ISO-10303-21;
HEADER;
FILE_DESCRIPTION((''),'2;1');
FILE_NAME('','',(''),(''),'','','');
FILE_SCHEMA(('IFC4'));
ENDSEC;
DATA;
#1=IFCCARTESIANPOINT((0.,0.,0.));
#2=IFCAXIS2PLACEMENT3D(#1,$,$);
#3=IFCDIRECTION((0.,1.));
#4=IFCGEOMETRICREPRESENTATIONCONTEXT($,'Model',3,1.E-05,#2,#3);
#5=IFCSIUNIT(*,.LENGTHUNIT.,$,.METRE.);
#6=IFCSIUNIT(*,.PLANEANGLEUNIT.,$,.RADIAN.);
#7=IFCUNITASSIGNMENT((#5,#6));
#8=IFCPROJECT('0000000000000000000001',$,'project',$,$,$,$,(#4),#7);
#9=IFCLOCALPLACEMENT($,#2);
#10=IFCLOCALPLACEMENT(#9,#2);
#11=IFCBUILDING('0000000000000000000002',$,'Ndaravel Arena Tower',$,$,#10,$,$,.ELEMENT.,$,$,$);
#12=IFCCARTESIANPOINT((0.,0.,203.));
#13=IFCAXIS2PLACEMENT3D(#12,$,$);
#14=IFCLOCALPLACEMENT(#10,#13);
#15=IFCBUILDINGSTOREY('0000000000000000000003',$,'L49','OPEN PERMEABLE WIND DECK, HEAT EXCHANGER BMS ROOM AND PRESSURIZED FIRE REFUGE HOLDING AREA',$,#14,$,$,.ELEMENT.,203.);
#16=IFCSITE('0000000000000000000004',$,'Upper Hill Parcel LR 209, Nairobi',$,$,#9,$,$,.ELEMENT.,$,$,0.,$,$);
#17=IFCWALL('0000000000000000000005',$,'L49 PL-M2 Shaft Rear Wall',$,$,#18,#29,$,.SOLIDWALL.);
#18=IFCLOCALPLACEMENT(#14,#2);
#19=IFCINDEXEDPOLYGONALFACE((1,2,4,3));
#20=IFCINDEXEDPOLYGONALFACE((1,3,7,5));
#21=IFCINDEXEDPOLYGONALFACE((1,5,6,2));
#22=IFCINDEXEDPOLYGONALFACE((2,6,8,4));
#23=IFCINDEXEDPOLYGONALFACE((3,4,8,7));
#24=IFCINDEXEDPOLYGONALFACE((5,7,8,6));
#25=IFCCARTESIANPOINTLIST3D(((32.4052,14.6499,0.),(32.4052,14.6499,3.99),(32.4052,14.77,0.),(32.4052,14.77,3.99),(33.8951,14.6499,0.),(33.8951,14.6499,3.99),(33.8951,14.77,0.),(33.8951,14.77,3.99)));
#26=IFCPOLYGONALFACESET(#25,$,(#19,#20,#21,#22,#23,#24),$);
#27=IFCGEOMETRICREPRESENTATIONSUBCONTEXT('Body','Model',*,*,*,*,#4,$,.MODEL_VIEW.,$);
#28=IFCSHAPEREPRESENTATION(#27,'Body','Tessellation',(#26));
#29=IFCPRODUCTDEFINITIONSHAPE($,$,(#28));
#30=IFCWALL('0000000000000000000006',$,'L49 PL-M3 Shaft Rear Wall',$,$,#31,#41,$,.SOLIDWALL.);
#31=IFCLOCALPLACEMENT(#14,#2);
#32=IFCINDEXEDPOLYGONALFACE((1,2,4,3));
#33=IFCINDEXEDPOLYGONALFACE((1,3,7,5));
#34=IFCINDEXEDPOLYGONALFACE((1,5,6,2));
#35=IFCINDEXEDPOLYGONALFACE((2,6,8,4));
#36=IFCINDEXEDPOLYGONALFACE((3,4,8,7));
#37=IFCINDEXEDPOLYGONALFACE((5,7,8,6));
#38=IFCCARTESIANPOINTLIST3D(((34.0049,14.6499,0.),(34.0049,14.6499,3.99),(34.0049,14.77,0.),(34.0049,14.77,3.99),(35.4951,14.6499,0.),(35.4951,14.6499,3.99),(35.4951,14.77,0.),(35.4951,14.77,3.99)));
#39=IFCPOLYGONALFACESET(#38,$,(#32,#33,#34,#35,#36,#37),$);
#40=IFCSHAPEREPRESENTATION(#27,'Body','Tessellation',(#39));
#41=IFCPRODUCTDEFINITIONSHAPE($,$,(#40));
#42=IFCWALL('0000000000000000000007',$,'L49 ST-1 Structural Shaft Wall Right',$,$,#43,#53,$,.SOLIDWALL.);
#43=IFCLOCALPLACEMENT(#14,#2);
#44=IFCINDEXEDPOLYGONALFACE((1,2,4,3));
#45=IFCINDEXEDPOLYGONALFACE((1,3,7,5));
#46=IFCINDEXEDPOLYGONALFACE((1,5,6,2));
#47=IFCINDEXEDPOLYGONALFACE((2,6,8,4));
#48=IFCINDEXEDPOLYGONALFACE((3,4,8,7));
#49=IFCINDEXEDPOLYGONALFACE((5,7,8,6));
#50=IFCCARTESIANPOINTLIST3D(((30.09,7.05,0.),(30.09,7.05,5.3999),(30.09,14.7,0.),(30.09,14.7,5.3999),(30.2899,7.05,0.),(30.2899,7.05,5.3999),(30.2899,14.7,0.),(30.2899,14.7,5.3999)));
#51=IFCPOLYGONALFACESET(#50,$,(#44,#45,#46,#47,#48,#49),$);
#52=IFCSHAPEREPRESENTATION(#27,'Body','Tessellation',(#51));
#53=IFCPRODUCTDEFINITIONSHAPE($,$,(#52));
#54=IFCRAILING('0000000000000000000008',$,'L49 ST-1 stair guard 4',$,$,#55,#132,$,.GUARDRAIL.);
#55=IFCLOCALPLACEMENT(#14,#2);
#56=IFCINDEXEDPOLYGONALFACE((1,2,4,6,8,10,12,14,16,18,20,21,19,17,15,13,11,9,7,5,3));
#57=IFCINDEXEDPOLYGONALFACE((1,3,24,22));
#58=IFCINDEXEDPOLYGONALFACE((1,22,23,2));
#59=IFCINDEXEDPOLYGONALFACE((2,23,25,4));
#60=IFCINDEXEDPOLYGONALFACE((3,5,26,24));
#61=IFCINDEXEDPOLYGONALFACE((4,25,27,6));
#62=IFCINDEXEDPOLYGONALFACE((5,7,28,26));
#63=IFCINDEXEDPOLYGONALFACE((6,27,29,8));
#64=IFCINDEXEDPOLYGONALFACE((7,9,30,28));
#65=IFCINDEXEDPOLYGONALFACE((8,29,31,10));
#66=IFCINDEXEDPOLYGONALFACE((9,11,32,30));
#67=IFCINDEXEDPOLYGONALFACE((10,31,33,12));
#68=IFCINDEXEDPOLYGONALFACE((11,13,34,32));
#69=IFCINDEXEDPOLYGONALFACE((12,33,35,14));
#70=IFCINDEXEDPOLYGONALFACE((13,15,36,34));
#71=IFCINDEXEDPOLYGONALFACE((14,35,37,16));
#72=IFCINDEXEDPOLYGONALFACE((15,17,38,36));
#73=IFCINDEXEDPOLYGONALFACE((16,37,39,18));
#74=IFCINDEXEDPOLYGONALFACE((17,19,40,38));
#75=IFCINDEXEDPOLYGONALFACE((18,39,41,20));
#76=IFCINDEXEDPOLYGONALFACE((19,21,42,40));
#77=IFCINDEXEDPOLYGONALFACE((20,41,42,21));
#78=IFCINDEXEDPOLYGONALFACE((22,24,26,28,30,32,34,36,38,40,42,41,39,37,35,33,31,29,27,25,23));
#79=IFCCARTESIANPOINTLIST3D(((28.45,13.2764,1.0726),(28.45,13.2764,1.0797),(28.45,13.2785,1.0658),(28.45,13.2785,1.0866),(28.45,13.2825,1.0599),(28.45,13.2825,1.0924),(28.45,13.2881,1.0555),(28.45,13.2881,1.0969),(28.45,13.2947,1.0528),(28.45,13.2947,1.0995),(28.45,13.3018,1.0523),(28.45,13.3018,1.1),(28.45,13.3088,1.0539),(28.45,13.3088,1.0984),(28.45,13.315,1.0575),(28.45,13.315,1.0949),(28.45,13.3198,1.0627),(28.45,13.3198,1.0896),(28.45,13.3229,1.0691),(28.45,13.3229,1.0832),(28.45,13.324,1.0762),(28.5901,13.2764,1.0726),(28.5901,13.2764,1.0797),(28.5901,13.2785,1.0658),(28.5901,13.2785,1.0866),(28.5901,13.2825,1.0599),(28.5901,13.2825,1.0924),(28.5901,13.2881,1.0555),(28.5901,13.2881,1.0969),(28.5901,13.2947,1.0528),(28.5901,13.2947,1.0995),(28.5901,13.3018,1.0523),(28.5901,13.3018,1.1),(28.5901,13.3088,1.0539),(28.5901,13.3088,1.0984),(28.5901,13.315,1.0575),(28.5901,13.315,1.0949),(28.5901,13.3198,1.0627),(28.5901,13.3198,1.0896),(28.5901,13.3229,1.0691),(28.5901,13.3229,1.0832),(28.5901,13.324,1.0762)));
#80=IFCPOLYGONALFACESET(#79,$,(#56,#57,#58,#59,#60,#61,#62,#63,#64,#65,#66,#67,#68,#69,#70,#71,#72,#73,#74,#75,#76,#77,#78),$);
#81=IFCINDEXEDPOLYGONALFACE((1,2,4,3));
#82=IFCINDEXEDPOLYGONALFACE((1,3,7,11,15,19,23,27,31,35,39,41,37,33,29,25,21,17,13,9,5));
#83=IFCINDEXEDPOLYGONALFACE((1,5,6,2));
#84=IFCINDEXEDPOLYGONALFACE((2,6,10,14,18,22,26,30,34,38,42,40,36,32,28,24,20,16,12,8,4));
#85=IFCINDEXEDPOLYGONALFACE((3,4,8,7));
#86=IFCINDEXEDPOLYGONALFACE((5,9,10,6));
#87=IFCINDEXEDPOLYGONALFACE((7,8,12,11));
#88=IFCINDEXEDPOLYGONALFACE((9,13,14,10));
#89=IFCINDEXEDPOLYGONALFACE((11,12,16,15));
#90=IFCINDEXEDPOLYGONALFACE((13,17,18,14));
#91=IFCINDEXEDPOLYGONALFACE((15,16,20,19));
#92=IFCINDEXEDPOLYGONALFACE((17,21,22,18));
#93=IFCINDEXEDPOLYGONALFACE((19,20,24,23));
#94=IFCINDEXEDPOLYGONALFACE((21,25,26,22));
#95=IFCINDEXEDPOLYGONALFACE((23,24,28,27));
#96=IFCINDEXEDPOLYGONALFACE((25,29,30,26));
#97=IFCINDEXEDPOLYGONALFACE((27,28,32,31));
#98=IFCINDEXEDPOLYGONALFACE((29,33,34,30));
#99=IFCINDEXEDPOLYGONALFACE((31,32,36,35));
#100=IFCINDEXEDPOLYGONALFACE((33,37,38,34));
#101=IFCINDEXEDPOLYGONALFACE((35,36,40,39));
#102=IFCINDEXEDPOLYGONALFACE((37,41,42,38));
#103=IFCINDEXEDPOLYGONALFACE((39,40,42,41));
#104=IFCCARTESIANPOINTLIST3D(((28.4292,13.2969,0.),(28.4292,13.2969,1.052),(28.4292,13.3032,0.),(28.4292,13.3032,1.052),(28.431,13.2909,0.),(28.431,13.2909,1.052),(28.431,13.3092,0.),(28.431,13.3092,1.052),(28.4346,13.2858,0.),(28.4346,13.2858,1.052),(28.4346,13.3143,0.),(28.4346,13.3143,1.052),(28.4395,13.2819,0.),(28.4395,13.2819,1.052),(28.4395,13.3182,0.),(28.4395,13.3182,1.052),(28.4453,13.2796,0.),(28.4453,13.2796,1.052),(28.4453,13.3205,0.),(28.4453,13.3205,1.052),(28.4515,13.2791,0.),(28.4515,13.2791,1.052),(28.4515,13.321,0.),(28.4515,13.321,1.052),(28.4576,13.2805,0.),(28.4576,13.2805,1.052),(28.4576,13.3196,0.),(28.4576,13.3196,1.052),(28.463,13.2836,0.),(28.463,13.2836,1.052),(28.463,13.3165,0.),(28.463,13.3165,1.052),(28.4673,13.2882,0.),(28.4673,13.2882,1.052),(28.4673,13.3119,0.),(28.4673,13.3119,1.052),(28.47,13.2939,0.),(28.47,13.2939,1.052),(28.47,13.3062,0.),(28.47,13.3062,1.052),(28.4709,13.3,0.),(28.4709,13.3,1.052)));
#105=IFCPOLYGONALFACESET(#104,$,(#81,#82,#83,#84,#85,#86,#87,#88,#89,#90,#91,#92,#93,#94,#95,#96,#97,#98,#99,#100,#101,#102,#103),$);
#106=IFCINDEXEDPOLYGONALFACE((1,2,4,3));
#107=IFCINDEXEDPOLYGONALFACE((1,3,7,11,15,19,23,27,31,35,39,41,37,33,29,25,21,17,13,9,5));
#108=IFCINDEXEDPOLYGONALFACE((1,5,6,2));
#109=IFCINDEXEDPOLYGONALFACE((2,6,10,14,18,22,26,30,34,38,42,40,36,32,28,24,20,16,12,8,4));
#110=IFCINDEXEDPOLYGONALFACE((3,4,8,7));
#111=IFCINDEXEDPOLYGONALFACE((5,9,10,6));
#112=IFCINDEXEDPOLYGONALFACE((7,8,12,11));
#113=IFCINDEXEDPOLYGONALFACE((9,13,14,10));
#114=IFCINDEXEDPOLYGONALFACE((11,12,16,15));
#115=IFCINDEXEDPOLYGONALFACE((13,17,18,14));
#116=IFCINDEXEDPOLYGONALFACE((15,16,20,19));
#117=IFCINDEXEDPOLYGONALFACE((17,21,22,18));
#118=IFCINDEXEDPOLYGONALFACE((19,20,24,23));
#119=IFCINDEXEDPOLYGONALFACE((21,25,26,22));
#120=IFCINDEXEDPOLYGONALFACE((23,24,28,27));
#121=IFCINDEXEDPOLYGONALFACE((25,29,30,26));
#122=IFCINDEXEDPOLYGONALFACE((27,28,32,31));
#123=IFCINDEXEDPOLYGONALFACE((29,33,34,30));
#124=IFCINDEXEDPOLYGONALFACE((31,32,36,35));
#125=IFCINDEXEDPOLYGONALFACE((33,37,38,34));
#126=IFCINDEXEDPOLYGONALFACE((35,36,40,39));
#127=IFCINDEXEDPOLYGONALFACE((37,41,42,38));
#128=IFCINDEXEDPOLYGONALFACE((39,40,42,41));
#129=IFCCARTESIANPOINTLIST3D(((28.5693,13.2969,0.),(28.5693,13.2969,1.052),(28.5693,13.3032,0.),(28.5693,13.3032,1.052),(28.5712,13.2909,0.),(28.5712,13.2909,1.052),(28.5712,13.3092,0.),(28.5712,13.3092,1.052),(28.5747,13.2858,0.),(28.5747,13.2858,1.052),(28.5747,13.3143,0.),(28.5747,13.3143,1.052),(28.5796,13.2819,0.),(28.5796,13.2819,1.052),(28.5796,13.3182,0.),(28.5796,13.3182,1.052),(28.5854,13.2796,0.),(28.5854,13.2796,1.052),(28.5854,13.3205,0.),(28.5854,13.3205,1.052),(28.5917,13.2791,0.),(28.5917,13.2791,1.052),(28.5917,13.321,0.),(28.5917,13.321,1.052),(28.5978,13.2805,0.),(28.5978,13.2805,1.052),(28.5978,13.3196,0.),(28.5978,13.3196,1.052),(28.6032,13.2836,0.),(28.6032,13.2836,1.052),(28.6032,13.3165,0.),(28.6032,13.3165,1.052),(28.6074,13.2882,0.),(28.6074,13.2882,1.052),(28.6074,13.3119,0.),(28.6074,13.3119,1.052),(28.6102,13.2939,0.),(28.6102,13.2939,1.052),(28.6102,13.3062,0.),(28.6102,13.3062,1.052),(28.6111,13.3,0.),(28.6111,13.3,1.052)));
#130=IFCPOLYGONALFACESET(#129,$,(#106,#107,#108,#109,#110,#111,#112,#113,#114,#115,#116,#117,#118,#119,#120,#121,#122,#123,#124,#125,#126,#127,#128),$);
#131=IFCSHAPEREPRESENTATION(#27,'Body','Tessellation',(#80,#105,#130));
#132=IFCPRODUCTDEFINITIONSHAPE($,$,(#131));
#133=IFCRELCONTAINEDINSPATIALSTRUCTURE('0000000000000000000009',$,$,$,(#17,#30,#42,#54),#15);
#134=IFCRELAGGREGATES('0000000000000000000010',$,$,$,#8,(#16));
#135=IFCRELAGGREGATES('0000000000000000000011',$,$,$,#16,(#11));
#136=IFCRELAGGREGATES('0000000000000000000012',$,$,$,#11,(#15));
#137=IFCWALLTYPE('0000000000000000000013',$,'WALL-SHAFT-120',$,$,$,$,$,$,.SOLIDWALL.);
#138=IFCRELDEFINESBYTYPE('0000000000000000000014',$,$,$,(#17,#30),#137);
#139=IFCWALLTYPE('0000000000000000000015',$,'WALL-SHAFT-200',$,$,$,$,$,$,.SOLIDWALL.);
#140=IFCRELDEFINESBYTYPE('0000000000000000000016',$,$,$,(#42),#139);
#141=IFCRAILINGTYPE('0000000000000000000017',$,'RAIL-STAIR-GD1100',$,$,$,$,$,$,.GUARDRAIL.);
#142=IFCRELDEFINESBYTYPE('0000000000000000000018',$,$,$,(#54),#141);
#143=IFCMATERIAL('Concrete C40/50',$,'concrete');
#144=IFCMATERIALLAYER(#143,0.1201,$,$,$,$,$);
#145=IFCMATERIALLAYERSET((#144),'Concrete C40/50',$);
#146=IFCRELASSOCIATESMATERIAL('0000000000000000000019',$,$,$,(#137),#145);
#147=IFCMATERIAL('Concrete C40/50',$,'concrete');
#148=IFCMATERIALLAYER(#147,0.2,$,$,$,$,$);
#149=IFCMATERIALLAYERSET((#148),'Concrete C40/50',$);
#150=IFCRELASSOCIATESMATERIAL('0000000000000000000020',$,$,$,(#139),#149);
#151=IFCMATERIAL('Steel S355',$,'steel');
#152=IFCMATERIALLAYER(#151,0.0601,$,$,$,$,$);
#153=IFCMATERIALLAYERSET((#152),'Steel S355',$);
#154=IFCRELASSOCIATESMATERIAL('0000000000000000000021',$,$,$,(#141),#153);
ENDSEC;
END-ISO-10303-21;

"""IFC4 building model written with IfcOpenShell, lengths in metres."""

from ifc_helpers import new_model, si_unit, direction, frame, frame_2d, origin, origin_2d, place, context, subcontext, project, spatial, rectangle, circle, extrude, material, layer, layer_set, type_object, element, save


model = new_model("IFC4")

# Units and contexts
model_context = context("Model", 3, precision=1e-05, world=origin(), true_north=direction((0.0, 1.0)))
body_context = subcontext(model_context, "Body", "Model", "MODEL_VIEW")
ifc_project = project(units=[si_unit("LENGTHUNIT", "METRE"), si_unit("PLANEANGLEUNIT", "RADIAN")], contexts=[model_context])

# Site, building, storey
site_placement = place(None, origin())
site = spatial("IfcSite", under=ifc_project, at=site_placement, Name="Upper Hill Parcel LR 209, Nairobi", CompositionType="ELEMENT", RefElevation=0.0)
building_placement = place(site_placement, origin())
building = spatial("IfcBuilding", under=site, at=building_placement, Name="Ndaravel Arena Tower", CompositionType="ELEMENT")
storey_placement = place(building_placement, frame((0.0, 0.0, 203.0)))
storey = spatial("IfcBuildingStorey", under=building, at=storey_placement, Name="L49", Description="OPEN PERMEABLE WIND DECK, HEAT EXCHANGER BMS ROOM AND PRESSURIZED FIRE REFUGE HOLDING AREA", CompositionType="ELEMENT", Elevation=203.0)

# Walls
ifc_material_1 = material(Name="Concrete C40/50", Category="concrete")
ifc_layer_1 = layer(ifc_material_1, 0.1201)
ifc_layer_set_1 = layer_set([ifc_layer_1], Name="Concrete C40/50")
wall_type_1 = type_object("IfcWallType", Name="WALL-SHAFT-120", PredefinedType="SOLIDWALL", material=ifc_layer_set_1)
for number, where, z_axis, x_axis, name in (
    (1, (32.405, 14.71, 0.0), (0.0, 0.0, 1.0), (1.0, 0.0, 0.0), "L49 PL-M2 Shaft Rear Wall"),
):
    element("IfcWall", number, at=place(storey_placement, frame(where, z_axis=z_axis, x_axis=x_axis)), inside=storey, type_object=wall_type_1, Name=name, PredefinedType="SOLIDWALL", context=body_context, shape_type="SweptSolid", body=[
        extrude(rectangle(XDim=1.49, YDim=0.1201, at=frame_2d((0.7451, 0.0))), origin(), (0.0, 0.0, 1.0), 3.99),
    ])
wall_1_placement = place(storey_placement, frame((34.0049, 14.71, 0.0), z_axis=(0.0, 0.0, 1.0), x_axis=(1.0, 0.0, 0.0)))
element("IfcWall", 2, at=wall_1_placement, inside=storey, type_object=wall_type_1, Name="L49 PL-M3 Shaft Rear Wall", PredefinedType="SOLIDWALL", context=body_context, shape_type="SweptSolid", body=[
    extrude(rectangle(XDim=1.4902, YDim=0.1201, at=frame_2d((0.7451, 0.0))), origin(), (0.0, 0.0, 1.0), 3.99),
])
ifc_material_2 = material(Name="Concrete C40/50", Category="concrete")
ifc_layer_2 = layer(ifc_material_2, 0.2)
ifc_layer_set_2 = layer_set([ifc_layer_2], Name="Concrete C40/50")
wall_type_2 = type_object("IfcWallType", Name="WALL-SHAFT-200", PredefinedType="SOLIDWALL", material=ifc_layer_set_2)
wall_2_placement = place(storey_placement, frame((30.1899, 14.7, 0.0), z_axis=(0.0, 0.0, 1.0), x_axis=(0.0, -1.0, 0.0)))
element("IfcWall", 3, at=wall_2_placement, inside=storey, type_object=wall_type_2, Name="L49 ST-1 Structural Shaft Wall Right", PredefinedType="SOLIDWALL", context=body_context, shape_type="SweptSolid", body=[
    extrude(rectangle(XDim=7.6499, YDim=0.2, at=frame_2d((3.825, 0.0))), origin(), (0.0, 0.0, 1.0), 5.3999),
])

# Railing
ifc_material_3 = material(Name="Steel S355", Category="steel")
ifc_layer_3 = layer(ifc_material_3, 0.0601)
ifc_layer_set_3 = layer_set([ifc_layer_3], Name="Steel S355")
railing_type = type_object("IfcRailingType", Name="RAIL-STAIR-GD1100", PredefinedType="GUARDRAIL", material=ifc_layer_set_3)
railing_1_placement = place(storey_placement, frame((28.45, 13.3, 0.0)))
element("IfcRailing", 4, at=railing_1_placement, inside=storey, type_object=railing_type, Name="L49 ST-1 stair guard 4", PredefinedType="GUARDRAIL", context=body_context, shape_type="SweptSolid", body=[
    extrude(circle(Radius=0.0239, at=origin_2d()), frame((0.0, 0.0, 1.0762), z_axis=(1.0, 0.0, 0.0), x_axis=(0.0, 1.0, 0.0)), (0.0, 0.0, 1.0), 0.1401),
    extrude(circle(Radius=0.021, at=origin_2d()), origin(), (0.0, 0.0, 1.0), 1.052),
    extrude(circle(Radius=0.021, at=origin_2d()), frame((0.1401, 0.0, 0.0)), (0.0, 0.0, 1.0), 1.052),
])

save(model, "model.ifc")
